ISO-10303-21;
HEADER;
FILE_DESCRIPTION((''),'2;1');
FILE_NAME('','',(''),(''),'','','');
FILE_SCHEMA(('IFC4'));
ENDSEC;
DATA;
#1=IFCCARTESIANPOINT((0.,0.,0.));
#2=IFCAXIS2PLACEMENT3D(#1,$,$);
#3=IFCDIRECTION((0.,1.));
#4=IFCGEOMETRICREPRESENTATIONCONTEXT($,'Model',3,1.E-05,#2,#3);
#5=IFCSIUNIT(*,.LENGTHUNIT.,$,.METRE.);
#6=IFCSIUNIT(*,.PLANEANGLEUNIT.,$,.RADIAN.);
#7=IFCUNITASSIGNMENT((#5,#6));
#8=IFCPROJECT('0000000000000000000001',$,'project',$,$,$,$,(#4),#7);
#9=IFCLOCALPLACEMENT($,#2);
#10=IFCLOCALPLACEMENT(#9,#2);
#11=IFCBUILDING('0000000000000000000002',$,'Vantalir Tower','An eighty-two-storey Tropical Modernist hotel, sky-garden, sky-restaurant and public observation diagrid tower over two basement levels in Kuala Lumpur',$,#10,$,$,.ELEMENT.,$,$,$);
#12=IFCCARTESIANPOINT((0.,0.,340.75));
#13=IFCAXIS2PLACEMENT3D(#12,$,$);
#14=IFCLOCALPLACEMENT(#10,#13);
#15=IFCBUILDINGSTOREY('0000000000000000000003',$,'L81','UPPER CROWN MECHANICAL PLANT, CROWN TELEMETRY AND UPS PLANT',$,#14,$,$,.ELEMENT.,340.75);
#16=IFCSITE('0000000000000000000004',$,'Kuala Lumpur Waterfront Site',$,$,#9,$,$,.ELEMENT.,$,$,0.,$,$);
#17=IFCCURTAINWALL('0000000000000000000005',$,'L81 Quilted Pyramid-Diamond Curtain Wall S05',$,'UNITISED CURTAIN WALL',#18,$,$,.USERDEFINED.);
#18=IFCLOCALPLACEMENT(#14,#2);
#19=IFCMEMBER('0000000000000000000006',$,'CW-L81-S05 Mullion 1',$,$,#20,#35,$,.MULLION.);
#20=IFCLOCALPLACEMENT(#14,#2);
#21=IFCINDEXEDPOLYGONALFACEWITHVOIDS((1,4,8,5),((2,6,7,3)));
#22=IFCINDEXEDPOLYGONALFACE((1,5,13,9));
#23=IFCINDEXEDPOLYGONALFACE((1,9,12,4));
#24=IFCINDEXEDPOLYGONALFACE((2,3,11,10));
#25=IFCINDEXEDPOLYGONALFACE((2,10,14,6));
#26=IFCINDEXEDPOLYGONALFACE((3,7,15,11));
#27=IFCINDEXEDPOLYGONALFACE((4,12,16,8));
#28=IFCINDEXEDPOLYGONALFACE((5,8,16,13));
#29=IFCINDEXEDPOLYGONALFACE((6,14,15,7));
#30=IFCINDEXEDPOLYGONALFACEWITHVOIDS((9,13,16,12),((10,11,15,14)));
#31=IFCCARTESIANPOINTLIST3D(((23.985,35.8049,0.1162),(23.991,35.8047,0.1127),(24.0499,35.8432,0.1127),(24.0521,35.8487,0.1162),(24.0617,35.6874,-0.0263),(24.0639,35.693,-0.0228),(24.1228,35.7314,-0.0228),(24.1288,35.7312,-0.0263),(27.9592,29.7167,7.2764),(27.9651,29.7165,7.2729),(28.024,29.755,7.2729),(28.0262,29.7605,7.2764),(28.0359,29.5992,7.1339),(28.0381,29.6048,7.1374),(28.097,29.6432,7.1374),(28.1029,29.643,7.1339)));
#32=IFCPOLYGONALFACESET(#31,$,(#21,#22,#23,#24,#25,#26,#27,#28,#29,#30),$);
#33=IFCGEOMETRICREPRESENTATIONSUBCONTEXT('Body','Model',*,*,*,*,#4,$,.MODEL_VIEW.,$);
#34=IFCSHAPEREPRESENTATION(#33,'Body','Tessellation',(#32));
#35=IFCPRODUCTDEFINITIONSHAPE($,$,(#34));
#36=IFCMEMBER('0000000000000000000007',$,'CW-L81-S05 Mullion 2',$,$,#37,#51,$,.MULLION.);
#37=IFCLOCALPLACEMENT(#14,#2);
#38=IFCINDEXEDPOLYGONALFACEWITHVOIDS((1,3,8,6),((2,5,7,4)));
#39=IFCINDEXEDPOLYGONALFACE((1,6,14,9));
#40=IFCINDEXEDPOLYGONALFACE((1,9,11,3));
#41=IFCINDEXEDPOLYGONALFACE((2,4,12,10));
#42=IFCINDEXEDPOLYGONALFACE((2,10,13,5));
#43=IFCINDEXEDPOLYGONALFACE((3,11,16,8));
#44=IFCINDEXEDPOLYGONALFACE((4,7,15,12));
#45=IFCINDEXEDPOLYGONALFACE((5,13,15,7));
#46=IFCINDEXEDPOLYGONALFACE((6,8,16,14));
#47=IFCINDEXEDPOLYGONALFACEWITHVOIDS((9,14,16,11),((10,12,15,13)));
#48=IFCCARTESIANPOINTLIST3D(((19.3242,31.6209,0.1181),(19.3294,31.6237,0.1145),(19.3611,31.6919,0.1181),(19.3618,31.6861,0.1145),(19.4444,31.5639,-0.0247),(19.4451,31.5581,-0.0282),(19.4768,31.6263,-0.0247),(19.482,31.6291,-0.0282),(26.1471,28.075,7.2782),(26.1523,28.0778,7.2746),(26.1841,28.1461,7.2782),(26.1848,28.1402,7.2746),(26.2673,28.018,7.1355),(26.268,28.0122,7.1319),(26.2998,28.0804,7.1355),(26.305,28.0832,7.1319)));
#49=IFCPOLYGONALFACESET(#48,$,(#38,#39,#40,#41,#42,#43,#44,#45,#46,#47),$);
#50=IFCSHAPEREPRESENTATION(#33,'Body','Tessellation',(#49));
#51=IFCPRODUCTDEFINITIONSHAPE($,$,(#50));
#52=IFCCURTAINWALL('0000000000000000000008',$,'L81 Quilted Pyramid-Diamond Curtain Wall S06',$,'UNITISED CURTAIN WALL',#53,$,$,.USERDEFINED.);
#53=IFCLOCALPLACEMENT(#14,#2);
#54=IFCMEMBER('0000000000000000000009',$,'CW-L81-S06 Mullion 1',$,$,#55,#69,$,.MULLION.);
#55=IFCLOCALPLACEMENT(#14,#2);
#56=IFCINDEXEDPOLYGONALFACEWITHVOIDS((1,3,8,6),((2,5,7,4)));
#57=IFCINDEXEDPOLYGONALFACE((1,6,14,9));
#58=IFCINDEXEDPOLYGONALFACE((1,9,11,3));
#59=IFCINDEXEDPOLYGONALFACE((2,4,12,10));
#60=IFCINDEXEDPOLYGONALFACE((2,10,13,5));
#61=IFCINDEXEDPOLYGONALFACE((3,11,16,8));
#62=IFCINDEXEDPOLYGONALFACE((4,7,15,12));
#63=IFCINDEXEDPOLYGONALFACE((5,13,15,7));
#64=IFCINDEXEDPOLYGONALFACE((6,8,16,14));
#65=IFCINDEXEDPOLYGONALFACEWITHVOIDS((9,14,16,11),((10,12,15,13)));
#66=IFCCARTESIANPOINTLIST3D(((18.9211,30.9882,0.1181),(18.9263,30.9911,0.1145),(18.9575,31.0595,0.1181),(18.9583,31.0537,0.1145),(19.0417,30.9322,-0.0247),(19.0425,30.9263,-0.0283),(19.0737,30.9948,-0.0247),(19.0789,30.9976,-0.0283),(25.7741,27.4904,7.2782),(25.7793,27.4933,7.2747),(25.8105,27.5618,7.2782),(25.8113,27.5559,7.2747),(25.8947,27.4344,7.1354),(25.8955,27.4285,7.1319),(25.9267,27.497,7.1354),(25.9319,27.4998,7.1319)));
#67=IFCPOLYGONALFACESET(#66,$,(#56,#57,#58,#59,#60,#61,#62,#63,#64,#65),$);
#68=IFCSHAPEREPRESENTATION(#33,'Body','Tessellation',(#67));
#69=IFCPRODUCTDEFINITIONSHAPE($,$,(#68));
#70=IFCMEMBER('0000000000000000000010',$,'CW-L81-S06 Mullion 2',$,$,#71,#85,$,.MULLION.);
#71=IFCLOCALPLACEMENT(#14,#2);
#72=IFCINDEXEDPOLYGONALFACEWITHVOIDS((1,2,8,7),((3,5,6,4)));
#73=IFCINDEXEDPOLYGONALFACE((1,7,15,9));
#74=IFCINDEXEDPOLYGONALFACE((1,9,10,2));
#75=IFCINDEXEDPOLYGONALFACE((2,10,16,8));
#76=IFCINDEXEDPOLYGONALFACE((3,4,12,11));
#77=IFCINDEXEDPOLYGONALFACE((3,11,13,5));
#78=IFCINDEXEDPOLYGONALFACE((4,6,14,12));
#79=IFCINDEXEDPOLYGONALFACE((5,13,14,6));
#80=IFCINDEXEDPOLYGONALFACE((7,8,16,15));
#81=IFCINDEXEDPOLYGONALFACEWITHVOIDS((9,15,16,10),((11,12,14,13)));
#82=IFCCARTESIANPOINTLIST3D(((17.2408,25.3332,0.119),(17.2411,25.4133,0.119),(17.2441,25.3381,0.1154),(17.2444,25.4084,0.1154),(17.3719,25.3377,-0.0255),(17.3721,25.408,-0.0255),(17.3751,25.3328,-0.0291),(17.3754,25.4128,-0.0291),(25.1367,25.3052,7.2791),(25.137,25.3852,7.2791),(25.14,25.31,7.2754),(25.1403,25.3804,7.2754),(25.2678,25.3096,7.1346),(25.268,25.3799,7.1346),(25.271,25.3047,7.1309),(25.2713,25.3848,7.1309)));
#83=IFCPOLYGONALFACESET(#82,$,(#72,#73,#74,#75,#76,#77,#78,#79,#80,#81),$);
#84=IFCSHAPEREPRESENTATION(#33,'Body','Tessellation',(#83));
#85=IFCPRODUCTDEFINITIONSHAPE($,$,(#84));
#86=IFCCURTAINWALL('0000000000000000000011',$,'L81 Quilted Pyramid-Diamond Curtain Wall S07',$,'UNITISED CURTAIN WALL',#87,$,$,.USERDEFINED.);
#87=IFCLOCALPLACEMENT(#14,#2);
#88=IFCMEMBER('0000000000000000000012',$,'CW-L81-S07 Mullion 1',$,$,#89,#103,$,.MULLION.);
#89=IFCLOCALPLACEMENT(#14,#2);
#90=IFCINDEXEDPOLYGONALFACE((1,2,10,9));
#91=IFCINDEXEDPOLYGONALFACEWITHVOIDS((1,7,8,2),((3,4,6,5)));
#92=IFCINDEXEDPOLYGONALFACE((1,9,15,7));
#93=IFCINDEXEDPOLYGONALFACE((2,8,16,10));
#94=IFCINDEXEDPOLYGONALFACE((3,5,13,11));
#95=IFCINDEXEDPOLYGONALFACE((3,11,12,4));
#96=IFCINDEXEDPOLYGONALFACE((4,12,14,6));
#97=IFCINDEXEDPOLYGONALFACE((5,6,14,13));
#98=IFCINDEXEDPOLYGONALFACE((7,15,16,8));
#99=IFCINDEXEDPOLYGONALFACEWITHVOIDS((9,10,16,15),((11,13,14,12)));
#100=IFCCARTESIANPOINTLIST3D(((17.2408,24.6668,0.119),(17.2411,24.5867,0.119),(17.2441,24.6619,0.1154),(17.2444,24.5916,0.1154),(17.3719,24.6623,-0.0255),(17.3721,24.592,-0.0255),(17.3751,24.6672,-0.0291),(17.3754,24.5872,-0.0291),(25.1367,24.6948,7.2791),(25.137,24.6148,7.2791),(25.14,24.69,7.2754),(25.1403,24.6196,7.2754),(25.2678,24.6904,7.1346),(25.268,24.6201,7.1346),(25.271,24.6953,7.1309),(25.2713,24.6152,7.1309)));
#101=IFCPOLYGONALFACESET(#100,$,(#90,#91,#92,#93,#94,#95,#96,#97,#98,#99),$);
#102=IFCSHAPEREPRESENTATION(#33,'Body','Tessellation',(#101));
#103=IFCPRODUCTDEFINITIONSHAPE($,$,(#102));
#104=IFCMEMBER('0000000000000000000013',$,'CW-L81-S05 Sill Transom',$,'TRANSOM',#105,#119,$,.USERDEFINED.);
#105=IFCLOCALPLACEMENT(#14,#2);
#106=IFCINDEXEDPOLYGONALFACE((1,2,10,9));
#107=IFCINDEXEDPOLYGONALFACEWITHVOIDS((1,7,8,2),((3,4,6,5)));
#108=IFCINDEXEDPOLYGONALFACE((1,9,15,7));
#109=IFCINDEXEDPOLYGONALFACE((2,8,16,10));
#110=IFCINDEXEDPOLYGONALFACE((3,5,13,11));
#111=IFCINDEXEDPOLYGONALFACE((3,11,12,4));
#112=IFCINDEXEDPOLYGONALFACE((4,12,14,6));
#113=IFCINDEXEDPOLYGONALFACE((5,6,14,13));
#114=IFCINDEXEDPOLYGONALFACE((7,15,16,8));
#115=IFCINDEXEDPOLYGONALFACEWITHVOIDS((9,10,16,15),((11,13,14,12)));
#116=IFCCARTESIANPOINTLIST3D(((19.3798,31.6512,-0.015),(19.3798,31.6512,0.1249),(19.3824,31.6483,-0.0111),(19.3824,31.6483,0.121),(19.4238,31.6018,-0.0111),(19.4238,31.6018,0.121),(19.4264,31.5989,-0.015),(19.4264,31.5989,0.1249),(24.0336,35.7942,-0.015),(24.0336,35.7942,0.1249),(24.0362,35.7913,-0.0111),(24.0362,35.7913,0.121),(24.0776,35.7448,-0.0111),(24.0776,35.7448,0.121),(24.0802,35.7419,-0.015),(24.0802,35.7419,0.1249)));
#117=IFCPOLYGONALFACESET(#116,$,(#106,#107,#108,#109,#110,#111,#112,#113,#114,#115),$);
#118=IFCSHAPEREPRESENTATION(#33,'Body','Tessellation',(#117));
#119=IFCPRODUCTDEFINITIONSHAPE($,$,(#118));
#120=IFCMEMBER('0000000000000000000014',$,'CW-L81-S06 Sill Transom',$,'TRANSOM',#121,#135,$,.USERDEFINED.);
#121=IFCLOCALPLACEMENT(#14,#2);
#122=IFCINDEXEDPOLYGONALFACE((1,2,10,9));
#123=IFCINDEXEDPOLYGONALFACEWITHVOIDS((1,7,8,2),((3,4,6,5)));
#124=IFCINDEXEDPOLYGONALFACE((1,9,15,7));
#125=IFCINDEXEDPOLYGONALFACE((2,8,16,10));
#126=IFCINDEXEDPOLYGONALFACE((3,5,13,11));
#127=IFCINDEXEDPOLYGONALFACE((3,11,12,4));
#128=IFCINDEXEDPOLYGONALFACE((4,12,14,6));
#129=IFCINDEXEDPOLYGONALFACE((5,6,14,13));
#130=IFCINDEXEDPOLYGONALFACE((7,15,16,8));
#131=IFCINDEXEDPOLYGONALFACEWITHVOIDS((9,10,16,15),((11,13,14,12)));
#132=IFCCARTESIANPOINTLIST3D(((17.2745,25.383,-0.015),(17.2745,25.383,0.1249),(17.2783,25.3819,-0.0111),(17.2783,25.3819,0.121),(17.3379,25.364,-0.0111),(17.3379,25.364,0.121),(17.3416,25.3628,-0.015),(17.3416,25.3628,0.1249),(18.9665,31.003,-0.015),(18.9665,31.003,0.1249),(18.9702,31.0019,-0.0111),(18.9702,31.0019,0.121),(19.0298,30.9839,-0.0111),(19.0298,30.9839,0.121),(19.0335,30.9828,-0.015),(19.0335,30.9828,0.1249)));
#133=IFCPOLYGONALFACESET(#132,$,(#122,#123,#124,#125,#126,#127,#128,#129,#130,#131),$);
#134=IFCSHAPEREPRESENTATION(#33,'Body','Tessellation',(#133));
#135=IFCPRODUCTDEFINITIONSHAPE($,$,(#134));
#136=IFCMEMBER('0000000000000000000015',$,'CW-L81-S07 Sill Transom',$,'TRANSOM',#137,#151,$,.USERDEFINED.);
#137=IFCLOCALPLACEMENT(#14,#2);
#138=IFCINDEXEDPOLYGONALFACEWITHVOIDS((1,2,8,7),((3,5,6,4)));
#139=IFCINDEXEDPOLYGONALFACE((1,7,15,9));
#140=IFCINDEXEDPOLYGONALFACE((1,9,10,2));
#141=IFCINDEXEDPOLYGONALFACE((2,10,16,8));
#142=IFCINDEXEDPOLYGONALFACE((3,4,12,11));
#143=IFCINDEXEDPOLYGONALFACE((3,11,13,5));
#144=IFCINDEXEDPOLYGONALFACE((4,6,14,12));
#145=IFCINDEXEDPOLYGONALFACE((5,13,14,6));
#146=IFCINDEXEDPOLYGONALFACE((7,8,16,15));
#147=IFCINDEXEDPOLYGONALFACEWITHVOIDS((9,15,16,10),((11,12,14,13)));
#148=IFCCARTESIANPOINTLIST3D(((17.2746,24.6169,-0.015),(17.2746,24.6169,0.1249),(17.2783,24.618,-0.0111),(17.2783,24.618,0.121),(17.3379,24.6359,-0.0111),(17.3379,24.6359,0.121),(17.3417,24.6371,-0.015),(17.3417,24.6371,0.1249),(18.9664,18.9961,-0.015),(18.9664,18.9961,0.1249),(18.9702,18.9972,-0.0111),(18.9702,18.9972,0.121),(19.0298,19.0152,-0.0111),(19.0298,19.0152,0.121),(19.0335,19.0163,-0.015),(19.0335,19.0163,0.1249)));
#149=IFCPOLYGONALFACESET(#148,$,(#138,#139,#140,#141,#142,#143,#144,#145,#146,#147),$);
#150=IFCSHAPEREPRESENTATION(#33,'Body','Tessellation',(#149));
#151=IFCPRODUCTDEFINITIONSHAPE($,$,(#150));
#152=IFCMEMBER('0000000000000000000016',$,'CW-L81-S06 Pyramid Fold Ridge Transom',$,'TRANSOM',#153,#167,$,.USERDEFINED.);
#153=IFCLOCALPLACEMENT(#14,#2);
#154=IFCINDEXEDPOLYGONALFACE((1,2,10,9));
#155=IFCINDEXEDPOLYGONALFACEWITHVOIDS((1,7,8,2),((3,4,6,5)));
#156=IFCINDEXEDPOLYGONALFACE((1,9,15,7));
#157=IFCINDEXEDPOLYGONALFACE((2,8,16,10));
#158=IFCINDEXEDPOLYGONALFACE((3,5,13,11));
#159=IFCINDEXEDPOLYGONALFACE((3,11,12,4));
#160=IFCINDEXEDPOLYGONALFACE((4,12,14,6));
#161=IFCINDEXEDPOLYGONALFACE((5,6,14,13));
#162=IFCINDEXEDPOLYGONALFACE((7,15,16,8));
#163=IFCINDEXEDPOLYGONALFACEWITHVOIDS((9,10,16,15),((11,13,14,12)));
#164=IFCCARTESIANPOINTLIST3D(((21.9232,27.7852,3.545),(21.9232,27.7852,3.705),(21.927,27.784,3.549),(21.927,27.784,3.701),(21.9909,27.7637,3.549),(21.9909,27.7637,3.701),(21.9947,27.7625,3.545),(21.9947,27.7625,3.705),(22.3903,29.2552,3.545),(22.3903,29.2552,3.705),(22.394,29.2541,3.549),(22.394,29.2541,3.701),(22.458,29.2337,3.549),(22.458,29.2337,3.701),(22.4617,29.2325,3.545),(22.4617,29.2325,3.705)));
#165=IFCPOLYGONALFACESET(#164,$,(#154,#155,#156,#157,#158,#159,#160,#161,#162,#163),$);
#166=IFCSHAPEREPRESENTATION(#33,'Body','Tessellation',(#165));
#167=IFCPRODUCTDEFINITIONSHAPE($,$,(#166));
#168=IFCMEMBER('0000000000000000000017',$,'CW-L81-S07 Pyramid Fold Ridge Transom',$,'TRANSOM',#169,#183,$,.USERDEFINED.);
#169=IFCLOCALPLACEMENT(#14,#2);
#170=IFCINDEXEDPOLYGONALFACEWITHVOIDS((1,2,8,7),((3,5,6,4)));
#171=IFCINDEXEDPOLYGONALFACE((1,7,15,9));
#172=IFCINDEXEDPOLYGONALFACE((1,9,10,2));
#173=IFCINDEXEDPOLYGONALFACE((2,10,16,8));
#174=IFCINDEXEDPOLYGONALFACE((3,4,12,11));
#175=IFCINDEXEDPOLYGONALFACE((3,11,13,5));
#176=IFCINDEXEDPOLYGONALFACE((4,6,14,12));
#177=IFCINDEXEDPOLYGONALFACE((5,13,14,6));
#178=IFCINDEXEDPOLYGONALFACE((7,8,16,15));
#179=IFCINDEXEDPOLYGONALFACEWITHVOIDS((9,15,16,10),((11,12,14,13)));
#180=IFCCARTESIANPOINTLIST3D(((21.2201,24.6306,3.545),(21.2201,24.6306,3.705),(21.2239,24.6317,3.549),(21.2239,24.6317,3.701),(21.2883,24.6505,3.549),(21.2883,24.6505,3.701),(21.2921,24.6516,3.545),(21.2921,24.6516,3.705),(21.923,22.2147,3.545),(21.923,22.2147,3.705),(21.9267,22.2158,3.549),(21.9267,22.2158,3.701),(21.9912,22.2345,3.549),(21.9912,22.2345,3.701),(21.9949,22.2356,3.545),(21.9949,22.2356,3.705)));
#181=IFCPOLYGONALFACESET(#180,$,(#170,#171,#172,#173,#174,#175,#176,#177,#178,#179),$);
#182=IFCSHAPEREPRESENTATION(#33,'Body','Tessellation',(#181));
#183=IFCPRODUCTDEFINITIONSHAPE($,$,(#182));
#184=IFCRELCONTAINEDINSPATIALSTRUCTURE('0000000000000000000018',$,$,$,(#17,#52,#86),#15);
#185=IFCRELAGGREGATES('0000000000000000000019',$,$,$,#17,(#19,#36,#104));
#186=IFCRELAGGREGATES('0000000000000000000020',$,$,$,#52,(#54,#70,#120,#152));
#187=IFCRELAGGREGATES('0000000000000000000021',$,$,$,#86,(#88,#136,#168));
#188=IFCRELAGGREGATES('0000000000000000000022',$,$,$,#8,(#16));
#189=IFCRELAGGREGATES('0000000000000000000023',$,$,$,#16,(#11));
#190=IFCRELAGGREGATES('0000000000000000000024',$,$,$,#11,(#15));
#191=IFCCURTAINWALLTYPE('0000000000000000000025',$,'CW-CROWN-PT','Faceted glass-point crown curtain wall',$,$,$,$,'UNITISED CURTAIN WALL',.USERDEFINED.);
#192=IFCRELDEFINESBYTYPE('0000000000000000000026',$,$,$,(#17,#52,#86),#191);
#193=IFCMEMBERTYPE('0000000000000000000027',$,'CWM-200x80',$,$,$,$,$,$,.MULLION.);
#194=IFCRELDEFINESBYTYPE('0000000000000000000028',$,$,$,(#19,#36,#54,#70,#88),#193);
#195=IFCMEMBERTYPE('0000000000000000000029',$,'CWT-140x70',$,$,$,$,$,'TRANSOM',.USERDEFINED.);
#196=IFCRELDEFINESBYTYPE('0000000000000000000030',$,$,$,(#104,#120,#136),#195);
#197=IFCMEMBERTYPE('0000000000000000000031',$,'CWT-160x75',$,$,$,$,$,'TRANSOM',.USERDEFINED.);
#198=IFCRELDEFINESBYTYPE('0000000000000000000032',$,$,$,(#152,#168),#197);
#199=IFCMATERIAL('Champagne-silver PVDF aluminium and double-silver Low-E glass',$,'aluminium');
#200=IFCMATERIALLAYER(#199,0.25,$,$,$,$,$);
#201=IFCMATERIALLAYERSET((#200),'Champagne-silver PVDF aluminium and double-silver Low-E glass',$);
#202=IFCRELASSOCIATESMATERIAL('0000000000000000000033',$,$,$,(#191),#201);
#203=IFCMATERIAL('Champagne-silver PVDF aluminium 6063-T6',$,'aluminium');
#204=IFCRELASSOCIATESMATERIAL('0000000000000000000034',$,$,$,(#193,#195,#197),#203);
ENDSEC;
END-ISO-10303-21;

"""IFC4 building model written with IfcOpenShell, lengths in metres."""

from ifc_helpers import new_model, si_unit, direction, frame, origin, origin_2d, place, context, subcontext, project, spatial, hollow_rectangle, extrude, material, layer, layer_set, material_profile, profile_set, type_object, element, aggregate, save


model = new_model("IFC4")

# Units and contexts
model_context = context("Model", 3, precision=1e-05, world=origin(), true_north=direction((0.0, 1.0)))
body_context = subcontext(model_context, "Body", "Model", "MODEL_VIEW")
ifc_project = project(units=[si_unit("LENGTHUNIT", "METRE"), si_unit("PLANEANGLEUNIT", "RADIAN")], contexts=[model_context])

# Site, building, storey
site_placement = place(None, origin())
site = spatial("IfcSite", under=ifc_project, at=site_placement, Name="Kuala Lumpur Waterfront Site", CompositionType="ELEMENT", RefElevation=0.0)
building_placement = place(site_placement, origin())
building = spatial("IfcBuilding", under=site, at=building_placement, Name="Vantalir Tower", Description="An eighty-two-storey Tropical Modernist hotel, sky-garden, sky-restaurant and public observation diagrid tower over two basement levels in Kuala Lumpur", CompositionType="ELEMENT")
storey_placement = place(building_placement, frame((0.0, 0.0, 340.75)))
storey = spatial("IfcBuildingStorey", under=building, at=storey_placement, Name="L81", Description="UPPER CROWN MECHANICAL PLANT, CROWN TELEMETRY AND UPS PLANT", CompositionType="ELEMENT", Elevation=340.75)

# Shared definitions
ifc_material_1 = material(Name="Champagne-silver PVDF aluminium and double-silver Low-E glass", Category="aluminium")
ifc_layer_1 = layer(ifc_material_1, 0.25)
ifc_layer_set_1 = layer_set([ifc_layer_1], Name="Champagne-silver PVDF aluminium and double-silver Low-E glass")
curtain_wall_type = type_object("IfcCurtainWallType", Name="CW-CROWN-PT", Description="Faceted glass-point crown curtain wall", ElementType="UNITISED CURTAIN WALL", PredefinedType="USERDEFINED", material=ifc_layer_set_1)
ifc_material_2 = material(Name="Champagne-silver PVDF aluminium 6063-T6", Category="aluminium")
ifc_material_profile_1 = material_profile(ifc_material_2, hollow_rectangle(XDim=0.0801, YDim=0.2, WallThickness=0.0049, at=origin_2d()), Name="Champagne-silver PVDF aluminium 6063-T6")
ifc_profile_set_1 = profile_set([ifc_material_profile_1], Name="Champagne-silver PVDF aluminium 6063-T6")
member_type_1 = type_object("IfcMemberType", Name="CWM-200x80", PredefinedType="MULLION", material=ifc_profile_set_1)

# Curtain walls, members
curtain_wall_1_placement = place(storey_placement, origin())
curtain_wall_1 = element("IfcCurtainWall", 1, at=curtain_wall_1_placement, inside=storey, type_object=curtain_wall_type, Name="L81 Quilted Pyramid-Diamond Curtain Wall S05", ObjectType="UNITISED CURTAIN WALL", PredefinedType="USERDEFINED")
member_1_placement = place(storey_placement, frame((24.0569, 35.7681, 0.0449), z_axis=(0.389457, -0.596627, 0.701683), x_axis=(0.837384, 0.546615, 0.0)))
member_1 = element("IfcMember", 2, at=member_1_placement, type_object=member_type_1, Name="CW-L81-S05 Mullion 1", PredefinedType="MULLION", context=body_context, shape_type="SweptSolid", body=[
    extrude(hollow_rectangle(XDim=0.0801, YDim=0.2, WallThickness=0.0049, at=origin_2d()), origin(), (0.0, 0.0, 1.0), 10.2043),
])
member_2_placement = place(storey_placement, frame((19.4031, 31.625, 0.0449), z_axis=(0.649384, -0.337483, 0.681473), x_axis=(0.461142, 0.887326, 0.0)))
member_2 = element("IfcMember", 3, at=member_2_placement, type_object=member_type_1, Name="CW-L81-S05 Mullion 2", PredefinedType="MULLION", context=body_context, shape_type="SweptSolid", body=[
    extrude(hollow_rectangle(XDim=0.0801, YDim=0.2, WallThickness=0.0049, at=origin_2d()), origin(), (0.0, 0.0, 1.0), 10.5068),
])
curtain_wall_2_placement = place(storey_placement, origin())
curtain_wall_2 = element("IfcCurtainWall", 4, at=curtain_wall_2_placement, inside=storey, type_object=curtain_wall_type, Name="L81 Quilted Pyramid-Diamond Curtain Wall S06", ObjectType="UNITISED CURTAIN WALL", PredefinedType="USERDEFINED")
member_3_placement = place(storey_placement, frame((19.0, 30.9929, 0.0449), z_axis=(0.65203, -0.332798, 0.681251), x_axis=(0.454611, 0.89069, 0.0)))
member_3 = element("IfcMember", 5, at=member_3_placement, type_object=member_type_1, Name="CW-L81-S06 Mullion 1", PredefinedType="MULLION", context=body_context, shape_type="SweptSolid", body=[
    extrude(hollow_rectangle(XDim=0.0801, YDim=0.2, WallThickness=0.0049, at=origin_2d()), origin(), (0.0, 0.0, 1.0), 10.5103),
])
member_4_placement = place(storey_placement, frame((17.3081, 25.373, 0.0449), z_axis=(0.740778, -0.002634, 0.671744), x_axis=(0.003556, 0.999994, 0.0)))
member_4 = element("IfcMember", 6, at=member_4_placement, type_object=member_type_1, Name="CW-L81-S06 Mullion 2", PredefinedType="MULLION", context=body_context, shape_type="SweptSolid", body=[
    extrude(hollow_rectangle(XDim=0.0801, YDim=0.2, WallThickness=0.0049, at=origin_2d()), origin(), (0.0, 0.0, 1.0), 10.6589),
])

# Curtain wall, member
curtain_wall_3_placement = place(storey_placement, origin())
curtain_wall_3 = element("IfcCurtainWall", 7, at=curtain_wall_3_placement, inside=storey, type_object=curtain_wall_type, Name="L81 Quilted Pyramid-Diamond Curtain Wall S07", ObjectType="UNITISED CURTAIN WALL", PredefinedType="USERDEFINED")
member_5_placement = place(storey_placement, frame((17.3081, 24.627, 0.0449), z_axis=(0.740778, 0.002634, 0.671744), x_axis=(-0.003556, 0.999994, 0.0)))
member_5 = element("IfcMember", 8, at=member_5_placement, type_object=member_type_1, Name="CW-L81-S07 Mullion 1", PredefinedType="MULLION", context=body_context, shape_type="SweptSolid", body=[
    extrude(hollow_rectangle(XDim=0.0801, YDim=0.2, WallThickness=0.0049, at=origin_2d()), origin(), (0.0, 0.0, 1.0), 10.6589),
])

# Members
ifc_material_profile_2 = material_profile(ifc_material_2, hollow_rectangle(XDim=0.0701, YDim=0.1399, WallThickness=0.0039, at=origin_2d()), Name="Champagne-silver PVDF aluminium 6063-T6")
ifc_profile_set_2 = profile_set([ifc_material_profile_2], Name="Champagne-silver PVDF aluminium 6063-T6")
member_type_2 = type_object("IfcMemberType", Name="CWT-140x70", ElementType="TRANSOM", PredefinedType="USERDEFINED", material=ifc_profile_set_2)
member_6_placement = place(storey_placement, frame((24.0569, 35.7681, 0.0549), z_axis=(-0.746903, -0.664933, 0.0), x_axis=(0.664933, -0.746903, 0.0)))
member_6 = element("IfcMember", 9, at=member_6_placement, type_object=member_type_2, Name="CW-L81-S05 Sill Transom", ObjectType="TRANSOM", PredefinedType="USERDEFINED", context=body_context, shape_type="SweptSolid", body=[
    extrude(hollow_rectangle(XDim=0.0701, YDim=0.1399, WallThickness=0.0039, at=origin_2d()), origin(), (0.0, 0.0, 1.0), 6.2307),
])
member_7_placement = place(storey_placement, frame((19.0, 30.9929, 0.0549), z_axis=(-0.288275, -0.957548, 0.0), x_axis=(0.957548, -0.288275, 0.0)))
member_7 = element("IfcMember", 10, at=member_7_placement, type_object=member_type_2, Name="CW-L81-S06 Sill Transom", ObjectType="TRANSOM", PredefinedType="USERDEFINED", context=body_context, shape_type="SweptSolid", body=[
    extrude(hollow_rectangle(XDim=0.0701, YDim=0.1399, WallThickness=0.0039, at=origin_2d()), origin(), (0.0, 0.0, 1.0), 5.8691),
])
member_8_placement = place(storey_placement, frame((17.3081, 24.627, 0.0549), z_axis=(0.288229, -0.957561, 0.0), x_axis=(0.957561, 0.288229, 0.0)))
member_8 = element("IfcMember", 11, at=member_8_placement, type_object=member_type_2, Name="CW-L81-S07 Sill Transom", ObjectType="TRANSOM", PredefinedType="USERDEFINED", context=body_context, shape_type="SweptSolid", body=[
    extrude(hollow_rectangle(XDim=0.0701, YDim=0.1399, WallThickness=0.0039, at=origin_2d()), origin(), (0.0, 0.0, 1.0), 5.8699),
])
ifc_material_profile_3 = material_profile(ifc_material_2, hollow_rectangle(XDim=0.075, YDim=0.1599, WallThickness=0.0039, at=origin_2d()), Name="Champagne-silver PVDF aluminium 6063-T6")
ifc_profile_set_3 = profile_set([ifc_material_profile_3], Name="Champagne-silver PVDF aluminium 6063-T6")
member_type_3 = type_object("IfcMemberType", Name="CWT-160x75", ElementType="TRANSOM", PredefinedType="USERDEFINED", material=ifc_profile_set_3)
member_9_placement = place(storey_placement, frame((22.426, 29.2439, 3.625), z_axis=(-0.302805, -0.953053, 0.0), x_axis=(0.953053, -0.302805, 0.0)))
member_9 = element("IfcMember", 12, at=member_9_placement, type_object=member_type_3, Name="CW-L81-S06 Pyramid Fold Ridge Transom", ObjectType="TRANSOM", PredefinedType="USERDEFINED", context=body_context, shape_type="SweptSolid", body=[
    extrude(hollow_rectangle(XDim=0.075, YDim=0.1599, WallThickness=0.0039, at=origin_2d()), origin(), (0.0, 0.0, 1.0), 1.5425),
])
member_10_placement = place(storey_placement, frame((21.2561, 24.6411, 3.625), z_axis=(0.279344, -0.960191, 0.0), x_axis=(0.960191, 0.279344, 0.0)))
member_10 = element("IfcMember", 13, at=member_10_placement, type_object=member_type_3, Name="CW-L81-S07 Pyramid Fold Ridge Transom", ObjectType="TRANSOM", PredefinedType="USERDEFINED", context=body_context, shape_type="SweptSolid", body=[
    extrude(hollow_rectangle(XDim=0.075, YDim=0.1599, WallThickness=0.0039, at=origin_2d()), origin(), (0.0, 0.0, 1.0), 2.5161),
])

aggregate(curtain_wall_1, [member_1, member_2, member_6])
aggregate(curtain_wall_2, [member_3, member_4, member_7, member_9])
aggregate(curtain_wall_3, [member_5, member_8, member_10])

save(model, "model.ifc")
